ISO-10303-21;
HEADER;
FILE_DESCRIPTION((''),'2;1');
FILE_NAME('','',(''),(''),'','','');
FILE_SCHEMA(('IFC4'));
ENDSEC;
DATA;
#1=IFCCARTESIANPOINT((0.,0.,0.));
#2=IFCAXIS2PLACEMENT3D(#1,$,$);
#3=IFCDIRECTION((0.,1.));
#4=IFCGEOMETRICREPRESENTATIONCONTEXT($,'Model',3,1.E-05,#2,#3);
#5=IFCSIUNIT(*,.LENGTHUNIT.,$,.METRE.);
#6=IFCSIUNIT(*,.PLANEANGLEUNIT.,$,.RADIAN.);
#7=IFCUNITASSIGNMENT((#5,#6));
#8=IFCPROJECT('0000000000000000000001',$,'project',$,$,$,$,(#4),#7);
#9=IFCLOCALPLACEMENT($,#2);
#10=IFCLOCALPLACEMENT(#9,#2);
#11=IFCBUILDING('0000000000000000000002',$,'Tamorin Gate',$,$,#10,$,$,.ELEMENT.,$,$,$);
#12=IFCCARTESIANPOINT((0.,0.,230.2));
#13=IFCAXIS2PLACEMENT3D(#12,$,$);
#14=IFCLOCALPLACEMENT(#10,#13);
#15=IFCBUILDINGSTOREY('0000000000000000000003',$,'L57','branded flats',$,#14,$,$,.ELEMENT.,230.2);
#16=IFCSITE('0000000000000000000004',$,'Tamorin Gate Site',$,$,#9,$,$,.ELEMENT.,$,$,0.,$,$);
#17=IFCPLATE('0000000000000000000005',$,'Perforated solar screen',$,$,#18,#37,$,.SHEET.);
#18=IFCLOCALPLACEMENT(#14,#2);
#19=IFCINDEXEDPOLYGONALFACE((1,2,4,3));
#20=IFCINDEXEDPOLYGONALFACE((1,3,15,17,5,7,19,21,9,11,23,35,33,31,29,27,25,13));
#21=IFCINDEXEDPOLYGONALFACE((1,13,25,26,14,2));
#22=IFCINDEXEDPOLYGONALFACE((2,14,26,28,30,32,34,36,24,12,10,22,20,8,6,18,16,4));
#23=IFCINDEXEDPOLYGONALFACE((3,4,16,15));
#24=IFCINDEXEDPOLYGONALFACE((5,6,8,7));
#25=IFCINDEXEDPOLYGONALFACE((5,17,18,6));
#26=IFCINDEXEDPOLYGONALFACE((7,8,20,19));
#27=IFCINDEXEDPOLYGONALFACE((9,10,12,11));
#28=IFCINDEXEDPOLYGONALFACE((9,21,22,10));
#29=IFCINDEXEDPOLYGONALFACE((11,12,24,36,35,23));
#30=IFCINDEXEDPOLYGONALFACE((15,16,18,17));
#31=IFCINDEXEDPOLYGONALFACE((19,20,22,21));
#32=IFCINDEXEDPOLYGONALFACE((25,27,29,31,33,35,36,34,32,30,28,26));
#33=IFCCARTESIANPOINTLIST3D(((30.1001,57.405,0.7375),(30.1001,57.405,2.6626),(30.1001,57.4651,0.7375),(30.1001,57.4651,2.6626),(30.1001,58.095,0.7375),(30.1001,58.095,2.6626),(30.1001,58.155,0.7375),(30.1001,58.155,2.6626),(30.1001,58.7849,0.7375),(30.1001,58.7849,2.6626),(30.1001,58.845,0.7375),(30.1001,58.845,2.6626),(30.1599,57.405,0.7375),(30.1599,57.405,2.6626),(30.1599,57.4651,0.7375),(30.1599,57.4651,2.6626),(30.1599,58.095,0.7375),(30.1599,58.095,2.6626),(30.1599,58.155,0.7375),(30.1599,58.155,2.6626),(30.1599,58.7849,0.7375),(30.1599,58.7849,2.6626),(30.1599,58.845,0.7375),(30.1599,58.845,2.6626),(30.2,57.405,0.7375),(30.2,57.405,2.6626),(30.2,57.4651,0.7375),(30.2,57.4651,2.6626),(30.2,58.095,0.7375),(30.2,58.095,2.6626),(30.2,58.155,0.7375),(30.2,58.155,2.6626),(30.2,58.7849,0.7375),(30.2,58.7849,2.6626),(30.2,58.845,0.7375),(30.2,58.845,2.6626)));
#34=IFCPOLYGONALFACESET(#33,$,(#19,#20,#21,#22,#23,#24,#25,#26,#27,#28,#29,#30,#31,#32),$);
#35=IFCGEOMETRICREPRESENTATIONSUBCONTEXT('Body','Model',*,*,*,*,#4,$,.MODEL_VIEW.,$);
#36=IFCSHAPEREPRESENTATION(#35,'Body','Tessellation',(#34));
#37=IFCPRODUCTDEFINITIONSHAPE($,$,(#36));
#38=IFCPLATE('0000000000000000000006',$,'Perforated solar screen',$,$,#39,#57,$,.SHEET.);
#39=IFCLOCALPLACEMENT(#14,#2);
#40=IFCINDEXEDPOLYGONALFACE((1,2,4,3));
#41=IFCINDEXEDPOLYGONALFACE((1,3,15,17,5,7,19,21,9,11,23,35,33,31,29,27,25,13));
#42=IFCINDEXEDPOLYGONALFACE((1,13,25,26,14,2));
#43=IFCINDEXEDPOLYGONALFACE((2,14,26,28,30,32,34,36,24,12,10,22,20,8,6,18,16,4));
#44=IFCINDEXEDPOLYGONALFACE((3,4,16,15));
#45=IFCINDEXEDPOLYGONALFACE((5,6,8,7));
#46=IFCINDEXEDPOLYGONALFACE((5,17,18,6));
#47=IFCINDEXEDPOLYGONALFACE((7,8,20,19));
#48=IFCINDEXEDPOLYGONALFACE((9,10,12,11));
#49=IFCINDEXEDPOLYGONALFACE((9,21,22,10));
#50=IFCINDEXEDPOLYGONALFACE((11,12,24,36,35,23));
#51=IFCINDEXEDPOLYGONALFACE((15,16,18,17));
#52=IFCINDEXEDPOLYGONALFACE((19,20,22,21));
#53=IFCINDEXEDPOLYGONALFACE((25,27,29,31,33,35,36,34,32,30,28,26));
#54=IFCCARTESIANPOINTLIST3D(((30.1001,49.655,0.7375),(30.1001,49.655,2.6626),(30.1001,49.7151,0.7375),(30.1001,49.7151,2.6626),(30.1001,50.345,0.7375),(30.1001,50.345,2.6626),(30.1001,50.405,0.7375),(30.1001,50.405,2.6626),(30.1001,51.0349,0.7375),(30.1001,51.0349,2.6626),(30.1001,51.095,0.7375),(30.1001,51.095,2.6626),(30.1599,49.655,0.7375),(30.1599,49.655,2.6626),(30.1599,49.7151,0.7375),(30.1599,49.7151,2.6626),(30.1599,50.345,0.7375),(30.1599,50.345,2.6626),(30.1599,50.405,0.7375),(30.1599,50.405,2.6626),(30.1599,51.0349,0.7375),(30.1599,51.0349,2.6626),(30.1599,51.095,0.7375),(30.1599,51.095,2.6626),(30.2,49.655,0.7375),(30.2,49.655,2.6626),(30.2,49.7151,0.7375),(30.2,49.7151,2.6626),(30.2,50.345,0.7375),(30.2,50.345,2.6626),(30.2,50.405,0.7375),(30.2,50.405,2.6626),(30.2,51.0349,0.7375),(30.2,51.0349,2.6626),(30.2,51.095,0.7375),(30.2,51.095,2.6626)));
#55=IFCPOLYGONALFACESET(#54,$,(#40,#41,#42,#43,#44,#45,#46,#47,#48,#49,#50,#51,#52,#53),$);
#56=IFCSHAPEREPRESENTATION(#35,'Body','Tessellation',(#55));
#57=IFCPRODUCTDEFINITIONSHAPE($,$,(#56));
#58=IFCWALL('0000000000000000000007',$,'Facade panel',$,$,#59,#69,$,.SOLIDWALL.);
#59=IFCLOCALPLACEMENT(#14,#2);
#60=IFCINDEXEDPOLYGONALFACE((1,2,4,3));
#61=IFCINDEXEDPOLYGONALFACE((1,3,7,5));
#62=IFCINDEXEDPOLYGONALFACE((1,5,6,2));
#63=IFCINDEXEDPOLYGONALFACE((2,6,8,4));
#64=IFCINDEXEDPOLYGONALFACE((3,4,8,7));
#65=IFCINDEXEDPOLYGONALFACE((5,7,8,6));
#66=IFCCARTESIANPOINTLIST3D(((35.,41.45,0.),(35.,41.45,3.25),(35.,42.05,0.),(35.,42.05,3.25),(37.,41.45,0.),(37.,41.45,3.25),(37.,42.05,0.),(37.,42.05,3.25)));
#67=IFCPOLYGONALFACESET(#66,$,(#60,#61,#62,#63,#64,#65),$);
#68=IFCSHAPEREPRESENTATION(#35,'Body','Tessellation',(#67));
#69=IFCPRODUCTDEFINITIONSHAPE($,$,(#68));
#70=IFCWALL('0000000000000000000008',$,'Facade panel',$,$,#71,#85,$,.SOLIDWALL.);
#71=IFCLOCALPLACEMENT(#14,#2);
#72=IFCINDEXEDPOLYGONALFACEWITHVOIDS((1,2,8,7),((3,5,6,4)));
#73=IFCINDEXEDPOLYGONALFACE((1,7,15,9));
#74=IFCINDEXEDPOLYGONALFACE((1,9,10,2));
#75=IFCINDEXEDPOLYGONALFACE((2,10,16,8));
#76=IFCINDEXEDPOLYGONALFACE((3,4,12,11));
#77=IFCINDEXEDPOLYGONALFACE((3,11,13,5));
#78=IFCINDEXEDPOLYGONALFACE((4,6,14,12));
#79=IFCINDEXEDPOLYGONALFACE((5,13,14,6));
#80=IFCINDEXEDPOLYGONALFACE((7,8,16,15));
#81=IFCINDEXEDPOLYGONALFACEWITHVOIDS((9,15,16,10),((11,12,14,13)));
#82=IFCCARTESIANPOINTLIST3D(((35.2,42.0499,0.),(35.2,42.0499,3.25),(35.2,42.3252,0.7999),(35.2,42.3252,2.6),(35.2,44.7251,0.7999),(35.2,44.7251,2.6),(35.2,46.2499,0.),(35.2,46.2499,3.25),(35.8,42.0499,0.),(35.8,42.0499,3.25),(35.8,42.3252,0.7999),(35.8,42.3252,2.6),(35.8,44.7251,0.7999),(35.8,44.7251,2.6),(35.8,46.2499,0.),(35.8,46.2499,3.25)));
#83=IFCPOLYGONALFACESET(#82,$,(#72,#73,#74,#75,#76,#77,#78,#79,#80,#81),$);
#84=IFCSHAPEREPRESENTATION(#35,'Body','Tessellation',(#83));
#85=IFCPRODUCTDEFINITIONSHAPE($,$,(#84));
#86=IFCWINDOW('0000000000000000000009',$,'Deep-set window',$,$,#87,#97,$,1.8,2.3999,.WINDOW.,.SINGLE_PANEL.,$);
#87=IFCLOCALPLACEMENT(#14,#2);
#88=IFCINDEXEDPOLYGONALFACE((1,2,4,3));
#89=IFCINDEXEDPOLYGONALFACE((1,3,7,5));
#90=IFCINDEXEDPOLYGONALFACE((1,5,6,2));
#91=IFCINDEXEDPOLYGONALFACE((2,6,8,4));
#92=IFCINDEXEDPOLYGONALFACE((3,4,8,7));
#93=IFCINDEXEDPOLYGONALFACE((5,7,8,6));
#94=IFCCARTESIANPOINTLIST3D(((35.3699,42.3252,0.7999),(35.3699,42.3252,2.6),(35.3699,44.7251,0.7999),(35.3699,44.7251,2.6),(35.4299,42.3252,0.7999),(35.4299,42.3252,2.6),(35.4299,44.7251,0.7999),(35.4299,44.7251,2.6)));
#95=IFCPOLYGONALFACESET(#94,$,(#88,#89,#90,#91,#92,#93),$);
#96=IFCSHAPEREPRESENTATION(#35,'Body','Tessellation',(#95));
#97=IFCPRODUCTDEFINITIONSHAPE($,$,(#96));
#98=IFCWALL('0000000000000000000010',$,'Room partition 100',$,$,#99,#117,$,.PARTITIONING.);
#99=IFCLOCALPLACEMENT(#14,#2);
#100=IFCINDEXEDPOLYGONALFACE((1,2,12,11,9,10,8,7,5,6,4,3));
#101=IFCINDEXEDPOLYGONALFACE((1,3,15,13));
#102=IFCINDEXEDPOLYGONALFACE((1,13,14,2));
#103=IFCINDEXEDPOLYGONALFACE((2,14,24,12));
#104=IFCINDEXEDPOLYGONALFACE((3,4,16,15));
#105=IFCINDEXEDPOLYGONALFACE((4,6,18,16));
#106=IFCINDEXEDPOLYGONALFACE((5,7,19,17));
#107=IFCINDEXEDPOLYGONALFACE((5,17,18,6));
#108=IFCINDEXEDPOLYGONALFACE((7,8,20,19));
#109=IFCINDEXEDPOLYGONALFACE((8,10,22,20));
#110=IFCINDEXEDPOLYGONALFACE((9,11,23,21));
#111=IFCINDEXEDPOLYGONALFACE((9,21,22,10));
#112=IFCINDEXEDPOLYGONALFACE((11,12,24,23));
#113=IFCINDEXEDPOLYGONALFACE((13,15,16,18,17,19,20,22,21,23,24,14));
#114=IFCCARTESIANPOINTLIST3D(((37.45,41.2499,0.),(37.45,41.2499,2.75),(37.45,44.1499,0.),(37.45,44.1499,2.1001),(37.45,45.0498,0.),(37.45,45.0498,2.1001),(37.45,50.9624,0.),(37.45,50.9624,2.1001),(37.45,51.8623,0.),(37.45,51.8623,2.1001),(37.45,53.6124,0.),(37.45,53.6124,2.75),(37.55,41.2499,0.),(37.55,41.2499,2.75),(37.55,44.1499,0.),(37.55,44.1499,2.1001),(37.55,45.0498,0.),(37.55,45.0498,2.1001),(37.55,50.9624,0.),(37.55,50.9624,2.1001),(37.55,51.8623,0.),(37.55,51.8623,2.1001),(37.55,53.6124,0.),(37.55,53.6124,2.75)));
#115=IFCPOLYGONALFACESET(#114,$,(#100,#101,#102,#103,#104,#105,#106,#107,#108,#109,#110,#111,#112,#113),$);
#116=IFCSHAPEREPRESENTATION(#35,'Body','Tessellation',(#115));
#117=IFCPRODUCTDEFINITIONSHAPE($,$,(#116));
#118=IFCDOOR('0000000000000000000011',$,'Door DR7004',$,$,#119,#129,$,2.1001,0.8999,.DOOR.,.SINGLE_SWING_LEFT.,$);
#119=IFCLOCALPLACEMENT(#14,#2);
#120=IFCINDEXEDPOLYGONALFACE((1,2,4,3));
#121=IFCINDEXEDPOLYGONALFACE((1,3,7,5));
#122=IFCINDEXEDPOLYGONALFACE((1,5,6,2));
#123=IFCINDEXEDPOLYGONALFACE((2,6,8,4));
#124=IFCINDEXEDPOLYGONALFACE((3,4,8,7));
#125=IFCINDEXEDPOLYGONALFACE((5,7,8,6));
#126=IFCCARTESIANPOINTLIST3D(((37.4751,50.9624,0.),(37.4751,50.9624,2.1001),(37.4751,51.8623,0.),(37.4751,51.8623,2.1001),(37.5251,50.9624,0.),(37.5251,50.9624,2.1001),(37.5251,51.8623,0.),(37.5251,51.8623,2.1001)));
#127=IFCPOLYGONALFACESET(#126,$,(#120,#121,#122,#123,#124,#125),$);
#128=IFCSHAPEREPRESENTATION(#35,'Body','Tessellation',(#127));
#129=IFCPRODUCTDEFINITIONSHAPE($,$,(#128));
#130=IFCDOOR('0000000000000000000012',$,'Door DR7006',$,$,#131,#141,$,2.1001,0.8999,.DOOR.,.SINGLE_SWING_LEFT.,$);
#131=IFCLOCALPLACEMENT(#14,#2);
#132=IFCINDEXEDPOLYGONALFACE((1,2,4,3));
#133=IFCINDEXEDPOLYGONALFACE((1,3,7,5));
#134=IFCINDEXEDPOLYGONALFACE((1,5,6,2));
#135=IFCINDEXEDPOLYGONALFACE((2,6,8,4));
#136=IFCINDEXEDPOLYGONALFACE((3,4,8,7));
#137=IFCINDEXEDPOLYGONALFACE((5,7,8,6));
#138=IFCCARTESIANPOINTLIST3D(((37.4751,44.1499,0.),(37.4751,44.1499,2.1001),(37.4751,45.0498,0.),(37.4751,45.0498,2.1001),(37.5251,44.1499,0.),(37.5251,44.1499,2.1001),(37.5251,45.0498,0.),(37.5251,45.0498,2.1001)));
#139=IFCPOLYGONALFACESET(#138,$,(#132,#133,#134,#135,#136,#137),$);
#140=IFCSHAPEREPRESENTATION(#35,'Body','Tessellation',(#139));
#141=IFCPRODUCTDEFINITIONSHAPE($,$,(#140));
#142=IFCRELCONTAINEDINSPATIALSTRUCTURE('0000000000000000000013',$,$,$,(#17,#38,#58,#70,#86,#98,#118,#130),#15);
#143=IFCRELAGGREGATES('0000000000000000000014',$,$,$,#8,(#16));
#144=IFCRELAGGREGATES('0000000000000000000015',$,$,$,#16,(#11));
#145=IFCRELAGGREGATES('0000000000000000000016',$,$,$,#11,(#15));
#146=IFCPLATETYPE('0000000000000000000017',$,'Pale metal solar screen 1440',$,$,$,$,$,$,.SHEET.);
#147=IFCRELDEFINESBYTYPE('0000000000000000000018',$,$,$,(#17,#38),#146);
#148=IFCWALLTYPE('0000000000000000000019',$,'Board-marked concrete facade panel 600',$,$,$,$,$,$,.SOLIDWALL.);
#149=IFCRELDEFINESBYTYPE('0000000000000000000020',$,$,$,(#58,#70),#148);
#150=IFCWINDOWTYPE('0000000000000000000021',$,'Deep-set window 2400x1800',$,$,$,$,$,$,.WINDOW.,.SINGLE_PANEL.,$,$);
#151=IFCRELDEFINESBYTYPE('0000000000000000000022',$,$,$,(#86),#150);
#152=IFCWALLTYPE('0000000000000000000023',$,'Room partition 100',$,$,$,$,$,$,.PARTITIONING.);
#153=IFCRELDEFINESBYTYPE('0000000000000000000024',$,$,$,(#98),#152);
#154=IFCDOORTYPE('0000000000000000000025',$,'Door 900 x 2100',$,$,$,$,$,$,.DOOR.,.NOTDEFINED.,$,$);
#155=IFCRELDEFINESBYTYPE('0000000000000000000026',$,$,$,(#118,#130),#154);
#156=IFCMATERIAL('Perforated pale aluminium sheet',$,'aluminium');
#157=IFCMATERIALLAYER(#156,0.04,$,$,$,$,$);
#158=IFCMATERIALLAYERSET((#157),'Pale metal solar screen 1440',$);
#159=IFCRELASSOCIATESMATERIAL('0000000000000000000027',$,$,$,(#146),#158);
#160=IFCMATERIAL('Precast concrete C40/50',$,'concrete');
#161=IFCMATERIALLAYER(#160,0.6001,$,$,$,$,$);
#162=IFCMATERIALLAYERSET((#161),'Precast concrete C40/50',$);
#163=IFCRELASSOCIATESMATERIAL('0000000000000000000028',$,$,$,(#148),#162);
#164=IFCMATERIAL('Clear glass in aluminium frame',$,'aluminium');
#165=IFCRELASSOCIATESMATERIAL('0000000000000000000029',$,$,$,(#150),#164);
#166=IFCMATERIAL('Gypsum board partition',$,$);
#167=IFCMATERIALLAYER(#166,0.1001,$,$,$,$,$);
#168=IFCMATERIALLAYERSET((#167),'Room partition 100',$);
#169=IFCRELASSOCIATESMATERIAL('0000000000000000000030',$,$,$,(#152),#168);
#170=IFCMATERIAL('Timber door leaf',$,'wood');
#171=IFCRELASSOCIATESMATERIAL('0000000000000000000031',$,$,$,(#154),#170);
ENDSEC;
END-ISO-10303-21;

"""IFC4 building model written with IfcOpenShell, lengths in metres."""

from ifc_helpers import new_model, si_unit, direction, frame, frame_2d, origin, place, context, subcontext, project, spatial, polyline, rectangle, outline, extrude, material, layer, layer_set, type_object, element, fill, save


model = new_model("IFC4")

# Units and contexts
model_context = context("Model", 3, precision=1e-05, world=origin(), true_north=direction((0.0, 1.0)))
body_context = subcontext(model_context, "Body", "Model", "MODEL_VIEW")
ifc_project = project(units=[si_unit("LENGTHUNIT", "METRE"), si_unit("PLANEANGLEUNIT", "RADIAN")], contexts=[model_context])

# Site, building, storey
site_placement = place(None, origin())
site = spatial("IfcSite", under=ifc_project, at=site_placement, Name="Tamorin Gate Site", CompositionType="ELEMENT", RefElevation=0.0)
building_placement = place(site_placement, origin())
building = spatial("IfcBuilding", under=site, at=building_placement, Name="Tamorin Gate", CompositionType="ELEMENT")
storey_placement = place(building_placement, frame((0.0, 0.0, 230.2)))
storey = spatial("IfcBuildingStorey", under=building, at=storey_placement, Name="L57", Description="branded flats", CompositionType="ELEMENT", Elevation=230.2)

# Plates
ifc_material_1 = material(Name="Perforated pale aluminium sheet", Category="aluminium")
ifc_layer_1 = layer(ifc_material_1, 0.04)
ifc_layer_set_1 = layer_set([ifc_layer_1], Name="Pale metal solar screen 1440")
plate_type = type_object("IfcPlateType", Name="Pale metal solar screen 1440", PredefinedType="SHEET", material=ifc_layer_set_1)
plate_1_placement = place(storey_placement, frame((0.0, 0.0, 0.7375)))
element("IfcPlate", 1, at=plate_1_placement, inside=storey, type_object=plate_type, Name="Perforated solar screen", PredefinedType="SHEET", context=body_context, shape_type="SweptSolid", body=[
    extrude(outline(polyline([(30.1599, 58.845), (30.2, 58.845), (30.2, 58.7849), (30.2, 58.155), (30.2, 58.095), (30.2, 57.4651), (30.2, 57.405), (30.1599, 57.405), (30.1001, 57.405), (30.1001, 57.4651), (30.1599, 57.4651), (30.1599, 58.095), (30.1001, 58.095), (30.1001, 58.155), (30.1599, 58.155), (30.1599, 58.7849), (30.1001, 58.7849), (30.1001, 58.845), (30.1599, 58.845)])), origin(), (0.0, 0.0, 1.0), 1.925),
])
plate_2_placement = place(storey_placement, frame((0.0, 0.0, 0.7375)))
element("IfcPlate", 2, at=plate_2_placement, inside=storey, type_object=plate_type, Name="Perforated solar screen", PredefinedType="SHEET", context=body_context, shape_type="SweptSolid", body=[
    extrude(outline(polyline([(30.1599, 51.095), (30.2, 51.095), (30.2, 51.0349), (30.2, 50.405), (30.2, 50.345), (30.2, 49.7151), (30.2, 49.655), (30.1599, 49.655), (30.1001, 49.655), (30.1001, 49.7151), (30.1599, 49.7151), (30.1599, 50.345), (30.1001, 50.345), (30.1001, 50.405), (30.1599, 50.405), (30.1599, 51.0349), (30.1001, 51.0349), (30.1001, 51.095), (30.1599, 51.095)])), origin(), (0.0, 0.0, 1.0), 1.925),
])

# Wall
ifc_material_2 = material(Name="Precast concrete C40/50", Category="concrete")
ifc_layer_2 = layer(ifc_material_2, 0.6001)
ifc_layer_set_2 = layer_set([ifc_layer_2], Name="Precast concrete C40/50")
wall_type_1 = type_object("IfcWallType", Name="Board-marked concrete facade panel 600", PredefinedType="SOLIDWALL", material=ifc_layer_set_2)
wall_1_placement = place(storey_placement, frame((35.0, 41.75, 0.0), z_axis=(0.0, 0.0, 1.0), x_axis=(1.0, 0.0, 0.0)))
element("IfcWall", 3, at=wall_1_placement, inside=storey, type_object=wall_type_1, Name="Facade panel", PredefinedType="SOLIDWALL", context=body_context, shape_type="SweptSolid", body=[
    extrude(rectangle(XDim=2.0, YDim=0.6001, at=frame_2d((1.0, 0.0))), origin(), (0.0, 0.0, 1.0), 3.25),
])

# Wall, opening, window
wall_2_placement = place(storey_placement, frame((35.5, 46.25, 0.0), z_axis=(0.0, 0.0, 1.0), x_axis=(0.0, -1.0, 0.0)))
wall_2 = element("IfcWall", 4, at=wall_2_placement, inside=storey, type_object=wall_type_1, Name="Facade panel", PredefinedType="SOLIDWALL", context=body_context, shape_type="SweptSolid", body=[
    extrude(rectangle(XDim=4.2, YDim=0.6001, at=frame_2d((2.1001, 0.0))), origin(), (0.0, 0.0, 1.0), 3.25),
])
opening_1_placement = place(wall_2_placement, frame((1.5249, 0.0, 0.8)))
opening_1 = element("IfcOpeningElement", 5, at=opening_1_placement, cuts=wall_2, PredefinedType="OPENING", context=body_context, shape_type="SweptSolid", body=[
    extrude(rectangle(XDim=2.3999, YDim=1.8, at=frame_2d((1.2, 0.8999))), frame((0.0, 0.3101, 0.0), z_axis=(0.0, -1.0, 0.0), x_axis=(1.0, 0.0, 0.0)), (0.0, 0.0, 1.0), 0.6201),
])
ifc_material_3 = material(Name="Clear glass in aluminium frame", Category="aluminium")
window_type = type_object("IfcWindowType", Name="Deep-set window 2400x1800", PartitioningType="SINGLE_PANEL", PredefinedType="WINDOW", material=ifc_material_3)
window_placement = place(opening_1_placement, origin())
window = element("IfcWindow", 6, at=window_placement, inside=storey, type_object=window_type, Name="Deep-set window", OverallHeight=1.8, OverallWidth=2.3999, PartitioningType="SINGLE_PANEL", PredefinedType="WINDOW", context=body_context, shape_type="SweptSolid", body=[
    extrude(rectangle(XDim=2.3999, YDim=1.8, at=frame_2d((1.2, 0.8999))), frame((0.0, -0.0701, 0.0), z_axis=(0.0, -1.0, 0.0), x_axis=(1.0, 0.0, 0.0)), (0.0, 0.0, 1.0), 0.0601),
])
fill(opening_1, window)

# Wall, openings, doors
ifc_material_4 = material(Name="Gypsum board partition")
ifc_layer_3 = layer(ifc_material_4, 0.1001)
ifc_layer_set_3 = layer_set([ifc_layer_3], Name="Room partition 100")
wall_type_2 = type_object("IfcWallType", Name="Room partition 100", PredefinedType="PARTITIONING", material=ifc_layer_set_3)
wall_3_placement = place(storey_placement, frame((37.5, 41.25, 0.0), z_axis=(0.0, 0.0, 1.0), x_axis=(0.0, 1.0, 0.0)))
wall_3 = element("IfcWall", 7, at=wall_3_placement, inside=storey, type_object=wall_type_2, Name="Room partition 100", PredefinedType="PARTITIONING", context=body_context, shape_type="SweptSolid", body=[
    extrude(rectangle(XDim=12.3625, YDim=0.1001, at=frame_2d((6.1812, 0.0))), origin(), (0.0, 0.0, 1.0), 2.75),
])
opening_2_placement = place(wall_3_placement, frame((9.7124, 0.0, 0.0)))
opening_2 = element("IfcOpeningElement", 8, at=opening_2_placement, cuts=wall_3, PredefinedType="OPENING", context=body_context, shape_type="SweptSolid", body=[
    extrude(rectangle(XDim=0.8999, YDim=2.1001, at=frame_2d((0.45, 1.05))), frame((0.0, 0.0601, 0.0), z_axis=(0.0, -1.0, 0.0), x_axis=(1.0, 0.0, 0.0)), (0.0, 0.0, 1.0), 0.1201),
])
opening_3_placement = place(wall_3_placement, frame((2.8999, 0.0, 0.0)))
opening_3 = element("IfcOpeningElement", 9, at=opening_3_placement, cuts=wall_3, PredefinedType="OPENING", context=body_context, shape_type="SweptSolid", body=[
    extrude(rectangle(XDim=0.8999, YDim=2.1001, at=frame_2d((0.45, 1.05))), frame((0.0, 0.0601, 0.0), z_axis=(0.0, -1.0, 0.0), x_axis=(1.0, 0.0, 0.0)), (0.0, 0.0, 1.0), 0.1201),
])
ifc_material_5 = material(Name="Timber door leaf", Category="wood")
door_type = type_object("IfcDoorType", Name="Door 900 x 2100", OperationType="NOTDEFINED", PredefinedType="DOOR", material=ifc_material_5)
door_1_placement = place(opening_2_placement, origin())
door_1 = element("IfcDoor", 10, at=door_1_placement, inside=storey, type_object=door_type, Name="Door DR7004", OperationType="SINGLE_SWING_LEFT", OverallHeight=2.1001, OverallWidth=0.8999, PredefinedType="DOOR", context=body_context, shape_type="SweptSolid", body=[
    extrude(rectangle(XDim=0.8999, YDim=2.1001, at=frame_2d((0.45, 1.05))), frame((0.0, 0.0249, 0.0), z_axis=(0.0, -1.0, 0.0), x_axis=(1.0, 0.0, 0.0)), (0.0, 0.0, 1.0), 0.05),
])
fill(opening_2, door_1)
door_2_placement = place(opening_3_placement, origin())
door_2 = element("IfcDoor", 11, at=door_2_placement, inside=storey, type_object=door_type, Name="Door DR7006", OperationType="SINGLE_SWING_LEFT", OverallHeight=2.1001, OverallWidth=0.8999, PredefinedType="DOOR", context=body_context, shape_type="SweptSolid", body=[
    extrude(rectangle(XDim=0.8999, YDim=2.1001, at=frame_2d((0.45, 1.05))), frame((0.0, 0.0249, 0.0), z_axis=(0.0, -1.0, 0.0), x_axis=(1.0, 0.0, 0.0)), (0.0, 0.0, 1.0), 0.05),
])
fill(opening_3, door_2)

save(model, "model.ifc")
